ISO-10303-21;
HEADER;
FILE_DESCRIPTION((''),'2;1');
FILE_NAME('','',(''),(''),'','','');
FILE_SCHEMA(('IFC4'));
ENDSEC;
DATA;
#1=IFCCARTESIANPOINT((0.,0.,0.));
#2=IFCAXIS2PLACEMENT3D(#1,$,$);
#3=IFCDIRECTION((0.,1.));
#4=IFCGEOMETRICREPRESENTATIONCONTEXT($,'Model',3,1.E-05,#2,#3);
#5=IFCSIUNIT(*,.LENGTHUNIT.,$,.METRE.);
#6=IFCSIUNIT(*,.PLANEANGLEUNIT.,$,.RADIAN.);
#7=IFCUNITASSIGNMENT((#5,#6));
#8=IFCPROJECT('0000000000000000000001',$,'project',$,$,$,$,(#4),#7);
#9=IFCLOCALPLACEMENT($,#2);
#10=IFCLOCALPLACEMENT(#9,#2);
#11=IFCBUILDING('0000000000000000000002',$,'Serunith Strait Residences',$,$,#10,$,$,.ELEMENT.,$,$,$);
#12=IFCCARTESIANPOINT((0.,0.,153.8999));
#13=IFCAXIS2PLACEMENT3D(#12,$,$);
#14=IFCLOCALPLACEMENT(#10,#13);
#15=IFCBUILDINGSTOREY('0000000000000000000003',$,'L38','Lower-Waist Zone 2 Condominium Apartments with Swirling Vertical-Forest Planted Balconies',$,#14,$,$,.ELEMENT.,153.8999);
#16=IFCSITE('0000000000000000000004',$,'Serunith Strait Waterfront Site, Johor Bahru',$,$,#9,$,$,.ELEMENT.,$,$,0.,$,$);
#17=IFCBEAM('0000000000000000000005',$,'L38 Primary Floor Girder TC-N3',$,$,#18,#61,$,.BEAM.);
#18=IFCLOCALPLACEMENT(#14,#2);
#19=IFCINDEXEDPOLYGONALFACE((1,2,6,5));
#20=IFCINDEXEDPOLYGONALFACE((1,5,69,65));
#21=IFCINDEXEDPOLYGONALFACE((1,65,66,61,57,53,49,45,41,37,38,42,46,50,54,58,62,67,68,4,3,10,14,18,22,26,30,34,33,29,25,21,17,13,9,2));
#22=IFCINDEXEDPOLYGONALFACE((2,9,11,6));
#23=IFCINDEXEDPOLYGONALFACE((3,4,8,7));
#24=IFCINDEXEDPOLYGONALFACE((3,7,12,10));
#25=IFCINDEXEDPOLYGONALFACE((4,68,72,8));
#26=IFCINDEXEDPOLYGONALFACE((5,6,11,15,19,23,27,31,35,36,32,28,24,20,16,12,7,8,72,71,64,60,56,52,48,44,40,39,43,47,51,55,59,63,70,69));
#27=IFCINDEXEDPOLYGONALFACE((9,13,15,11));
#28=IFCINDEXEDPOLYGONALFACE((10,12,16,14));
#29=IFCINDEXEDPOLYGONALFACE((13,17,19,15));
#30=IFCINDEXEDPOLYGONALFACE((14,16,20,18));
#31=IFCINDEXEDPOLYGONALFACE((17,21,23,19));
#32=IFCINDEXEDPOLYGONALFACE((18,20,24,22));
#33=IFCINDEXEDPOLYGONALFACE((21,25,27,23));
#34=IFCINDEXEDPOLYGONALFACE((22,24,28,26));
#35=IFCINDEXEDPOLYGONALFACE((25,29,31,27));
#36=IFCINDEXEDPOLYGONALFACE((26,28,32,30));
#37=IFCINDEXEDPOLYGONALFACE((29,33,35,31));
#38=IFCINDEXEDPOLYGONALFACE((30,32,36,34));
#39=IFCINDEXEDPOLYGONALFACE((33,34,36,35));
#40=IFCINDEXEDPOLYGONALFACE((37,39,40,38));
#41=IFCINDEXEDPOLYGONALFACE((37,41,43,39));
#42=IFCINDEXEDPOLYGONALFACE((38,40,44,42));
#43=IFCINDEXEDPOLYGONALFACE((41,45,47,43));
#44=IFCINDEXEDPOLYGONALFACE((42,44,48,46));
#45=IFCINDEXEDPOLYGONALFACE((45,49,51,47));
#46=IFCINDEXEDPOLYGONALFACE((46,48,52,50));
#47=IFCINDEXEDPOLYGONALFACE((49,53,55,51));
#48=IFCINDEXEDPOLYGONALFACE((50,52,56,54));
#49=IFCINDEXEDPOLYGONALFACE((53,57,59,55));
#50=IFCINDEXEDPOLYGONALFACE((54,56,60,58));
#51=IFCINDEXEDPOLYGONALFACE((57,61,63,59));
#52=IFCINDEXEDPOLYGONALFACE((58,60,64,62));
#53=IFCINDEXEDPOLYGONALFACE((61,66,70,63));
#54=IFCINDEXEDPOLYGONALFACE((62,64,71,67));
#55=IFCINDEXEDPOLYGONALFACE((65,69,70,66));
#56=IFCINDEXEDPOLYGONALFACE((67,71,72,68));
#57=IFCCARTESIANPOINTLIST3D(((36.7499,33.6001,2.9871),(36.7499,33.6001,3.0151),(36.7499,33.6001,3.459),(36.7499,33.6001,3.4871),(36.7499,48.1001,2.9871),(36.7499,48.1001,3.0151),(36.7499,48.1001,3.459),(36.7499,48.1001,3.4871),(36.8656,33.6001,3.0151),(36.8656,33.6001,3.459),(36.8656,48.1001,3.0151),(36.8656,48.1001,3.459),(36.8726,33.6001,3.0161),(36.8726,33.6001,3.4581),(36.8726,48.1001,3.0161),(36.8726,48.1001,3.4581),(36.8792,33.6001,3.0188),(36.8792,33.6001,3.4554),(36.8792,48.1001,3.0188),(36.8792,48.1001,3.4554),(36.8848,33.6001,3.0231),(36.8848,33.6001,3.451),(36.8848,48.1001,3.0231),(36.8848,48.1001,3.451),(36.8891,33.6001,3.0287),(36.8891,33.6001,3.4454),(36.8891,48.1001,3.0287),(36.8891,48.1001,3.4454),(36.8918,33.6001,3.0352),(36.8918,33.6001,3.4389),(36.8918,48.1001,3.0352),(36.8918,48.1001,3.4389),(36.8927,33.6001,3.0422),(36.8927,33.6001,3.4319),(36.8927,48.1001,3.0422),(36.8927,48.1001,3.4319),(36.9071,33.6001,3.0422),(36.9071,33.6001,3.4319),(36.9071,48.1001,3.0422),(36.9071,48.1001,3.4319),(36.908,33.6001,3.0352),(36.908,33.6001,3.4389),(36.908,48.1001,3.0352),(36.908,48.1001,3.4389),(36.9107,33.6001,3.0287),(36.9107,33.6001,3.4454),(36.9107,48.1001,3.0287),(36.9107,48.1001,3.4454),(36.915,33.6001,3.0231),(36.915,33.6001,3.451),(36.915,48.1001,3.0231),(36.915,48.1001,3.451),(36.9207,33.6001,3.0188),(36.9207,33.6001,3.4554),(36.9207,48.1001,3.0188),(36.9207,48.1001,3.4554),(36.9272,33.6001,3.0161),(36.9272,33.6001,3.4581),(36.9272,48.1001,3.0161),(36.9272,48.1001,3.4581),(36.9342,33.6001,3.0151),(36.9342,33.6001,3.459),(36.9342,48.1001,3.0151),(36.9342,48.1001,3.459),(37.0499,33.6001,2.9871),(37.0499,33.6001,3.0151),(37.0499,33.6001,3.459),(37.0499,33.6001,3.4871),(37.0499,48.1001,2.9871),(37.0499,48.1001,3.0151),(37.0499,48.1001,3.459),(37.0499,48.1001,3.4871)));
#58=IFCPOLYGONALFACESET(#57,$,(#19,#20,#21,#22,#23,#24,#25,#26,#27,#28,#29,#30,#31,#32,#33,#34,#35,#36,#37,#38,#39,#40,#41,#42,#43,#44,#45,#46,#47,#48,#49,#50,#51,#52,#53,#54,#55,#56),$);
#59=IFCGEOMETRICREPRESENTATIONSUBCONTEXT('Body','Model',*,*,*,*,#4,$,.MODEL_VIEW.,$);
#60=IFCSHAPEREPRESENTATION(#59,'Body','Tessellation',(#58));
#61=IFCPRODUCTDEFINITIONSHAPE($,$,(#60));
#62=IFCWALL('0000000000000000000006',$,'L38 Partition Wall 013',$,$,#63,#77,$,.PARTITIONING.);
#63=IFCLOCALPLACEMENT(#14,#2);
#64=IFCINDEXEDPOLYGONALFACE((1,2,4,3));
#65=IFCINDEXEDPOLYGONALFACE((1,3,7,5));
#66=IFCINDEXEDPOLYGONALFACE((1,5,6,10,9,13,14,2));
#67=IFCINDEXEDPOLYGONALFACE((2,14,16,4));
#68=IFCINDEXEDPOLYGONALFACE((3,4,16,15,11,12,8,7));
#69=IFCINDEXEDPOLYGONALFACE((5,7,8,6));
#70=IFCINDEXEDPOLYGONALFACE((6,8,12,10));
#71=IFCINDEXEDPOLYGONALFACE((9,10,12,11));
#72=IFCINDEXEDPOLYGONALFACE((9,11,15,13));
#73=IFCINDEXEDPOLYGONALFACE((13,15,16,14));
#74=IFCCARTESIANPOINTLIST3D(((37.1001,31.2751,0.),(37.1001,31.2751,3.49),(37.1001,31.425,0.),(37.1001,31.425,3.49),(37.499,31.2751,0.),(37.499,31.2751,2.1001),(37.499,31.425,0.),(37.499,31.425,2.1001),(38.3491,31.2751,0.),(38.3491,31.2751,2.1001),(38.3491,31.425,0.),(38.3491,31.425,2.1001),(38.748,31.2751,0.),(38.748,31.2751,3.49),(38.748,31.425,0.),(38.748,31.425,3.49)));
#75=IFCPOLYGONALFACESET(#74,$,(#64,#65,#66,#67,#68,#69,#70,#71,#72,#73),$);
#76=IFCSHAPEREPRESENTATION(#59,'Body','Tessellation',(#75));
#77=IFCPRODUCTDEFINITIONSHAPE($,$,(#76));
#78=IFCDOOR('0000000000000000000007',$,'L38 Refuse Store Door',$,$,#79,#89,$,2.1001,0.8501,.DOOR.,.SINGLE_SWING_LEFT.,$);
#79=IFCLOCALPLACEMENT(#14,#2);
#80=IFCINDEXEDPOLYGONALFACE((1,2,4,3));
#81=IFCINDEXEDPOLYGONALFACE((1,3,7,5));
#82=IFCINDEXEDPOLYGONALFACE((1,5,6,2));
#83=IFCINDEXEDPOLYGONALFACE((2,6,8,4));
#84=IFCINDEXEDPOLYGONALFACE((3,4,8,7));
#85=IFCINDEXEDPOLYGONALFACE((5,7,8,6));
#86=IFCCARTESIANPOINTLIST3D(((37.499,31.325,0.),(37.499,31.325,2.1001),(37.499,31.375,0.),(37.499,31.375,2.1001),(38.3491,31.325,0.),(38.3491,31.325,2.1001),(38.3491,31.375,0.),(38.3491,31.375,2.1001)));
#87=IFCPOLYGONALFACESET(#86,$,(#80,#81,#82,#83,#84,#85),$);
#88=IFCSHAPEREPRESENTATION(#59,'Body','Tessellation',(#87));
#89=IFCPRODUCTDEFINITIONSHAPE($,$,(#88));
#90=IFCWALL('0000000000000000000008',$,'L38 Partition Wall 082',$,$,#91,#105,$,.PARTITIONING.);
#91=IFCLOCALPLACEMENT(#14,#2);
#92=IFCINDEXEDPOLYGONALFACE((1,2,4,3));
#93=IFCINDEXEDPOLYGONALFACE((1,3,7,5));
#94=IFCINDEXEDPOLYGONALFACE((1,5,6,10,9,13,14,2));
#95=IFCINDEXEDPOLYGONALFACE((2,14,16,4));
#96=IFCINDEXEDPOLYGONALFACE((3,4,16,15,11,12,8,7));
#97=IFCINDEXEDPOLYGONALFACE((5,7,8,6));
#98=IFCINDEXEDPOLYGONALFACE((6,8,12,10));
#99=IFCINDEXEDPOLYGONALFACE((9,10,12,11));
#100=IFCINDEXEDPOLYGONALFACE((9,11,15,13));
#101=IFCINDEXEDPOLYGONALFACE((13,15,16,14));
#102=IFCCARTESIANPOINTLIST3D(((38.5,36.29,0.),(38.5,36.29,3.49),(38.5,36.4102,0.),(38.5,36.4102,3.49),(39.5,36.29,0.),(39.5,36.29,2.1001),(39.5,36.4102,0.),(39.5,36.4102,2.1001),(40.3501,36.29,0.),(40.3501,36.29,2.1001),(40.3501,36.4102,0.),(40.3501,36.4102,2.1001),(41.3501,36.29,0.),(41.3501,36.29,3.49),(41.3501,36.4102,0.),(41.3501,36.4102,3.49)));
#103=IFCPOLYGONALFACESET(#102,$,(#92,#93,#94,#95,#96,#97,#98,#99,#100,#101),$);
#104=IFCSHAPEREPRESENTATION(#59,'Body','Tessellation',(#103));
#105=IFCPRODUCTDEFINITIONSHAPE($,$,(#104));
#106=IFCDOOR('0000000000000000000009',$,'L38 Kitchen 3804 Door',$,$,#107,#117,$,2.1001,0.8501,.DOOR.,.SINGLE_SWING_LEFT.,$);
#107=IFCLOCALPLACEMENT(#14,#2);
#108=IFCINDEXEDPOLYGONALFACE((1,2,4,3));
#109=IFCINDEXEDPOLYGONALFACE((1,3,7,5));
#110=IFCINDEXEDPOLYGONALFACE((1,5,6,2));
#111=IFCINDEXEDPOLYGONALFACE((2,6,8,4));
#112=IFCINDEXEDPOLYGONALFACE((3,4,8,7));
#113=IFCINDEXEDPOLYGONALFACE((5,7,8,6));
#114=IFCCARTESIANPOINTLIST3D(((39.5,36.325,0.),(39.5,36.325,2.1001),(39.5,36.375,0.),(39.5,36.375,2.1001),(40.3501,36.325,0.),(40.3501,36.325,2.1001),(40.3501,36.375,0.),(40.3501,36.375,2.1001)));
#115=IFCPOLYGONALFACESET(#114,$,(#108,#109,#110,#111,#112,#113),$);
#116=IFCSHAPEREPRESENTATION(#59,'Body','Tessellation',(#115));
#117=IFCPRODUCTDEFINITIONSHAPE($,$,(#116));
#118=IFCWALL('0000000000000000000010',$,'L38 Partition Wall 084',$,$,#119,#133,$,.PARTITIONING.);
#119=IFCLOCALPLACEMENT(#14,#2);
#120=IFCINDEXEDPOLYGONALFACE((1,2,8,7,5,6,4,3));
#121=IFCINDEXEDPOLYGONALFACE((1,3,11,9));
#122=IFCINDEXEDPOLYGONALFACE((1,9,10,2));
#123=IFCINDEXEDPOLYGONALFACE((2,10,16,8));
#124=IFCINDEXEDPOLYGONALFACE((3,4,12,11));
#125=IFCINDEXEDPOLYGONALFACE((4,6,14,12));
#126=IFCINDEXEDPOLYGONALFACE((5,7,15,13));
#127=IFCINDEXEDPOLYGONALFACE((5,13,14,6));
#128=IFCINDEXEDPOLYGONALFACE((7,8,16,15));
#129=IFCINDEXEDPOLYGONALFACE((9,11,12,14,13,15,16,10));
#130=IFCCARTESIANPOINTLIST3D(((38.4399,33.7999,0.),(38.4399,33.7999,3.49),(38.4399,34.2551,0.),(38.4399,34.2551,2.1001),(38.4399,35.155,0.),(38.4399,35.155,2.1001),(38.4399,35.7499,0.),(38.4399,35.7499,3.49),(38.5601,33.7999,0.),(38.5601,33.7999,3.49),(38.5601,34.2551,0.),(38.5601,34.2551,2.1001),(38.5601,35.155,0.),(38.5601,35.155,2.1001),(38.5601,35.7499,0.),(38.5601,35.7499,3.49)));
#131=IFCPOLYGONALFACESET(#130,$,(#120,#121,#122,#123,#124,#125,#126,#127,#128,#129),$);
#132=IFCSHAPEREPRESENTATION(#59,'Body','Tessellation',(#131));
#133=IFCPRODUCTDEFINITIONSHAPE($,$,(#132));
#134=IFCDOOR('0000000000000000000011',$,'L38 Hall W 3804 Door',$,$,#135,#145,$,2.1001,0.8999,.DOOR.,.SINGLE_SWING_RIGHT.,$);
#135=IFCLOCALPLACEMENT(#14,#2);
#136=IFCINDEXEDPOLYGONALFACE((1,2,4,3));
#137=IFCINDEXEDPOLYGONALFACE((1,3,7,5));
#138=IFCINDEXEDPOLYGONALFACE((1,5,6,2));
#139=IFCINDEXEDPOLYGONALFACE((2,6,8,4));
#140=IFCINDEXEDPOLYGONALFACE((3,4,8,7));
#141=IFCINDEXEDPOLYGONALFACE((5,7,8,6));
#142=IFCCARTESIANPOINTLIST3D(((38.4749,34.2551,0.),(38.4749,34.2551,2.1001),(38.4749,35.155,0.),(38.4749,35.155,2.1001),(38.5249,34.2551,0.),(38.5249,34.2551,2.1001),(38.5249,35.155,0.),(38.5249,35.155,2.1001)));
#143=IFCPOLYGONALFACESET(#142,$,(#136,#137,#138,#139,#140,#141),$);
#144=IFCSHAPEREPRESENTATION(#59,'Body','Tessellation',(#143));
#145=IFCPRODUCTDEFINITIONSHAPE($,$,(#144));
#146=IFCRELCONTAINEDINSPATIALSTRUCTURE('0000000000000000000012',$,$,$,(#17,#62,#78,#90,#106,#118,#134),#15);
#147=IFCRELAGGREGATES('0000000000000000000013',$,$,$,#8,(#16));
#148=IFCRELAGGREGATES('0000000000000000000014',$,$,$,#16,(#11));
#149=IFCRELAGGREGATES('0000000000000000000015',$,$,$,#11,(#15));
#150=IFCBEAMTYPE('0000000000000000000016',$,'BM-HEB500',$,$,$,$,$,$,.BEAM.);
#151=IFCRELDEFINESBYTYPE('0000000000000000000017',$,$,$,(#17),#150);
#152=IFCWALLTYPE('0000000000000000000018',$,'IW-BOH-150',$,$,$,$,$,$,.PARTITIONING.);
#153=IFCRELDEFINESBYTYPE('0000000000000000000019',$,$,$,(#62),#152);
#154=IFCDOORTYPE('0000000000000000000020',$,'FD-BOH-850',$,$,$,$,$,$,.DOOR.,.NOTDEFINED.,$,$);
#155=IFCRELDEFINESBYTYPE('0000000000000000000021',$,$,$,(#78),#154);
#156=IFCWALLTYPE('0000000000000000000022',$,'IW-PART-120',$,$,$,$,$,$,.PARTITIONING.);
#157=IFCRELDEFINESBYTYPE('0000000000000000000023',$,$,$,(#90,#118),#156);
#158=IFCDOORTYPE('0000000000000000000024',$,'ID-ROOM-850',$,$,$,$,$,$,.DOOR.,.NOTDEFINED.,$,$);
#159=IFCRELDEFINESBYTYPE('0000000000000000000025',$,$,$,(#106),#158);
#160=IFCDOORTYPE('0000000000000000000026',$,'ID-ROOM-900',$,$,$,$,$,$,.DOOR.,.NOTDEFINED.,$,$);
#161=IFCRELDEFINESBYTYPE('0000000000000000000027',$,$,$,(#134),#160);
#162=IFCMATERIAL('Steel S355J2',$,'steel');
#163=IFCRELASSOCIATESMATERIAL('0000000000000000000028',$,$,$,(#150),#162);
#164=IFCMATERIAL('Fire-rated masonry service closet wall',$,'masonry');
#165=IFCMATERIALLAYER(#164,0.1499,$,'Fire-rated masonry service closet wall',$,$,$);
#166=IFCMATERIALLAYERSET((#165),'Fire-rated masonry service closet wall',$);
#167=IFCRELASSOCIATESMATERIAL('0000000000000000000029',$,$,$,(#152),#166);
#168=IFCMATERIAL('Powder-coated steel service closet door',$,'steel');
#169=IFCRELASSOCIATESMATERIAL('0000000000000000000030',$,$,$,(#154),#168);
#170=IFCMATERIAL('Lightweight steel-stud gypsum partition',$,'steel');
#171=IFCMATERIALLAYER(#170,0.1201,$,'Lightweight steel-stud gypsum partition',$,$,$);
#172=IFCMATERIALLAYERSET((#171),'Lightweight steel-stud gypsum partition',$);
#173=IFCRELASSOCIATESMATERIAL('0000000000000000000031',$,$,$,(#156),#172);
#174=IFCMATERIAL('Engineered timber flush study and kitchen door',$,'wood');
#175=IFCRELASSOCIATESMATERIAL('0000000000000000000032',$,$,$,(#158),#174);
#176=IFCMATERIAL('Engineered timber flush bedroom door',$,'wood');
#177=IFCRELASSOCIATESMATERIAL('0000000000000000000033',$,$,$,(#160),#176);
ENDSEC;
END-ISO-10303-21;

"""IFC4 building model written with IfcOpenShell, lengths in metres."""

from ifc_helpers import new_model, si_unit, direction, frame, frame_2d, origin, origin_2d, place, context, subcontext, project, spatial, rectangle, i_section, extrude, source, transform, mapped, material, layer, layer_set, material_profile, profile_set, type_object, element, fill, save


model = new_model("IFC4")

# Units and contexts
model_context = context("Model", 3, precision=1e-05, world=origin(), true_north=direction((0.0, 1.0)))
body_context = subcontext(model_context, "Body", "Model", "MODEL_VIEW")
ifc_project = project(units=[si_unit("LENGTHUNIT", "METRE"), si_unit("PLANEANGLEUNIT", "RADIAN")], contexts=[model_context])

# Site, building, storey
site_placement = place(None, origin())
site = spatial("IfcSite", under=ifc_project, at=site_placement, Name="Serunith Strait Waterfront Site, Johor Bahru", CompositionType="ELEMENT", RefElevation=0.0)
building_placement = place(site_placement, origin())
building = spatial("IfcBuilding", under=site, at=building_placement, Name="Serunith Strait Residences", CompositionType="ELEMENT")
storey_placement = place(building_placement, frame((0.0, 0.0, 153.8999)))
storey = spatial("IfcBuildingStorey", under=building, at=storey_placement, Name="L38", Description="Lower-Waist Zone 2 Condominium Apartments with Swirling Vertical-Forest Planted Balconies", CompositionType="ELEMENT", Elevation=153.8999)

# Beam
ifc_material_1 = material(Name="Steel S355J2", Category="steel")
ifc_material_profile = material_profile(ifc_material_1, i_section(OverallWidth=0.3, OverallDepth=0.5, WebThickness=0.0144, FlangeThickness=0.0281, FilletRadius=0.0271, at=origin_2d()), Name="HEB 500")
ifc_profile_set = profile_set([ifc_material_profile], Name="Steel S355J2")
beam_type = type_object("IfcBeamType", Name="BM-HEB500", PredefinedType="BEAM", material=ifc_profile_set)
shared_shape_1 = source(origin(), body_context, "Body", "SweptSolid", [
    extrude(i_section(OverallWidth=0.3, OverallDepth=0.5, WebThickness=0.0144, FlangeThickness=0.0281, FilletRadius=0.0271, at=origin_2d()), origin(), (0.0, 0.0, 1.0), 14.5),
])
beam_placement = place(storey_placement, frame((36.8999, 33.6001, 3.2371), z_axis=(0.0, 1.0, 0.0), x_axis=(-1.0, 0.0, 0.0)))
element("IfcBeam", 1, at=beam_placement, inside=storey, type_object=beam_type, Name="L38 Primary Floor Girder TC-N3", PredefinedType="BEAM", context=body_context, shape_type="MappedRepresentation", body=[
    mapped(shared_shape_1, transform((0.0, 0.0, 0.0), scale=1.0)),
])

# Walls, openings, doors
ifc_material_2 = material(Name="Fire-rated masonry service closet wall", Category="masonry")
ifc_layer_1 = layer(ifc_material_2, 0.1499, Name="Fire-rated masonry service closet wall")
ifc_layer_set_1 = layer_set([ifc_layer_1], Name="Fire-rated masonry service closet wall")
wall_type_1 = type_object("IfcWallType", Name="IW-BOH-150", PredefinedType="PARTITIONING", material=ifc_layer_set_1)
wall_1_placement = place(storey_placement, frame((37.1001, 31.3501, 0.0), z_axis=(0.0, 0.0, 1.0), x_axis=(1.0, 0.0, 0.0)))
wall_1 = element("IfcWall", 2, at=wall_1_placement, inside=storey, type_object=wall_type_1, Name="L38 Partition Wall 013", PredefinedType="PARTITIONING", context=body_context, shape_type="SweptSolid", body=[
    extrude(rectangle(XDim=1.6479, YDim=0.1499, at=frame_2d((0.824, 0.0))), origin(), (0.0, 0.0, 1.0), 3.49),
])
opening_1_placement = place(wall_1_placement, frame((0.3989, 0.0, 0.0)))
opening_1 = element("IfcOpeningElement", 3, at=opening_1_placement, cuts=wall_1, PredefinedType="OPENING", context=body_context, shape_type="SweptSolid", body=[
    extrude(rectangle(XDim=0.8501, YDim=2.1001, at=frame_2d((0.425, 1.05))), frame((0.0, 0.085, 0.0), z_axis=(0.0, -1.0, 0.0), x_axis=(1.0, 0.0, 0.0)), (0.0, 0.0, 1.0), 0.1699),
])
ifc_material_3 = material(Name="Powder-coated steel service closet door", Category="steel")
door_type_1 = type_object("IfcDoorType", Name="FD-BOH-850", OperationType="NOTDEFINED", PredefinedType="DOOR", material=ifc_material_3)
shared_shape_2 = source(origin(), body_context, "Body", "SweptSolid", [
    extrude(rectangle(XDim=0.8501, YDim=2.1001, at=frame_2d((0.425, 1.05))), frame((0.0, 0.0249, 0.0), z_axis=(0.0, -1.0, 0.0), x_axis=(1.0, 0.0, 0.0)), (0.0, 0.0, 1.0), 0.05),
])
door_1_placement = place(opening_1_placement, origin())
door_1 = element("IfcDoor", 4, at=door_1_placement, inside=storey, type_object=door_type_1, Name="L38 Refuse Store Door", OperationType="SINGLE_SWING_LEFT", OverallHeight=2.1001, OverallWidth=0.8501, PredefinedType="DOOR", context=body_context, shape_type="MappedRepresentation", body=[
    mapped(shared_shape_2, transform((0.0, 0.0, 0.0), scale=1.0)),
])
fill(opening_1, door_1)
ifc_material_4 = material(Name="Lightweight steel-stud gypsum partition", Category="steel")
ifc_layer_2 = layer(ifc_material_4, 0.1201, Name="Lightweight steel-stud gypsum partition")
ifc_layer_set_2 = layer_set([ifc_layer_2], Name="Lightweight steel-stud gypsum partition")
wall_type_2 = type_object("IfcWallType", Name="IW-PART-120", PredefinedType="PARTITIONING", material=ifc_layer_set_2)
wall_2_placement = place(storey_placement, frame((38.5, 36.3501, 0.0), z_axis=(0.0, 0.0, 1.0), x_axis=(1.0, 0.0, 0.0)))
wall_2 = element("IfcWall", 5, at=wall_2_placement, inside=storey, type_object=wall_type_2, Name="L38 Partition Wall 082", PredefinedType="PARTITIONING", context=body_context, shape_type="SweptSolid", body=[
    extrude(rectangle(XDim=2.8501, YDim=0.1201, at=frame_2d((1.425, 0.0))), origin(), (0.0, 0.0, 1.0), 3.49),
])
opening_2_placement = place(wall_2_placement, frame((1.0, 0.0, 0.0)))
opening_2 = element("IfcOpeningElement", 6, at=opening_2_placement, cuts=wall_2, PredefinedType="OPENING", context=body_context, shape_type="SweptSolid", body=[
    extrude(rectangle(XDim=0.8501, YDim=2.1001, at=frame_2d((0.425, 1.05))), frame((0.0, 0.0701, 0.0), z_axis=(0.0, -1.0, 0.0), x_axis=(1.0, 0.0, 0.0)), (0.0, 0.0, 1.0), 0.1401),
])
ifc_material_5 = material(Name="Engineered timber flush study and kitchen door", Category="wood")
door_type_2 = type_object("IfcDoorType", Name="ID-ROOM-850", OperationType="NOTDEFINED", PredefinedType="DOOR", material=ifc_material_5)
door_2_placement = place(opening_2_placement, origin())
door_2 = element("IfcDoor", 7, at=door_2_placement, inside=storey, type_object=door_type_2, Name="L38 Kitchen 3804 Door", OperationType="SINGLE_SWING_LEFT", OverallHeight=2.1001, OverallWidth=0.8501, PredefinedType="DOOR", context=body_context, shape_type="MappedRepresentation", body=[
    mapped(shared_shape_2, transform((0.0, 0.0, 0.0), scale=1.0)),
])
fill(opening_2, door_2)
wall_3_placement = place(storey_placement, frame((38.5, 35.75, 0.0), z_axis=(0.0, 0.0, 1.0), x_axis=(0.0, -1.0, 0.0)))
wall_3 = element("IfcWall", 8, at=wall_3_placement, inside=storey, type_object=wall_type_2, Name="L38 Partition Wall 084", PredefinedType="PARTITIONING", context=body_context, shape_type="SweptSolid", body=[
    extrude(rectangle(XDim=1.95, YDim=0.1201, at=frame_2d((0.9751, 0.0))), origin(), (0.0, 0.0, 1.0), 3.49),
])
opening_3_placement = place(wall_3_placement, frame((0.595, 0.0, 0.0)))
opening_3 = element("IfcOpeningElement", 9, at=opening_3_placement, cuts=wall_3, PredefinedType="OPENING", context=body_context, shape_type="SweptSolid", body=[
    extrude(rectangle(XDim=0.8999, YDim=2.1001, at=frame_2d((0.45, 1.05))), frame((0.0, 0.0701, 0.0), z_axis=(0.0, -1.0, 0.0), x_axis=(1.0, 0.0, 0.0)), (0.0, 0.0, 1.0), 0.1401),
])
ifc_material_6 = material(Name="Engineered timber flush bedroom door", Category="wood")
door_type_3 = type_object("IfcDoorType", Name="ID-ROOM-900", OperationType="NOTDEFINED", PredefinedType="DOOR", material=ifc_material_6)
shared_shape_3 = source(origin(), body_context, "Body", "SweptSolid", [
    extrude(rectangle(XDim=0.8999, YDim=2.1001, at=frame_2d((0.45, 1.05))), frame((0.0, 0.0249, 0.0), z_axis=(0.0, -1.0, 0.0), x_axis=(1.0, 0.0, 0.0)), (0.0, 0.0, 1.0), 0.05),
])
door_3_placement = place(opening_3_placement, origin())
door_3 = element("IfcDoor", 10, at=door_3_placement, inside=storey, type_object=door_type_3, Name="L38 Hall W 3804 Door", OperationType="SINGLE_SWING_RIGHT", OverallHeight=2.1001, OverallWidth=0.8999, PredefinedType="DOOR", context=body_context, shape_type="MappedRepresentation", body=[
    mapped(shared_shape_3, transform((0.0, 0.0, 0.0), scale=1.0)),
])
fill(opening_3, door_3)

save(model, "model.ifc")
